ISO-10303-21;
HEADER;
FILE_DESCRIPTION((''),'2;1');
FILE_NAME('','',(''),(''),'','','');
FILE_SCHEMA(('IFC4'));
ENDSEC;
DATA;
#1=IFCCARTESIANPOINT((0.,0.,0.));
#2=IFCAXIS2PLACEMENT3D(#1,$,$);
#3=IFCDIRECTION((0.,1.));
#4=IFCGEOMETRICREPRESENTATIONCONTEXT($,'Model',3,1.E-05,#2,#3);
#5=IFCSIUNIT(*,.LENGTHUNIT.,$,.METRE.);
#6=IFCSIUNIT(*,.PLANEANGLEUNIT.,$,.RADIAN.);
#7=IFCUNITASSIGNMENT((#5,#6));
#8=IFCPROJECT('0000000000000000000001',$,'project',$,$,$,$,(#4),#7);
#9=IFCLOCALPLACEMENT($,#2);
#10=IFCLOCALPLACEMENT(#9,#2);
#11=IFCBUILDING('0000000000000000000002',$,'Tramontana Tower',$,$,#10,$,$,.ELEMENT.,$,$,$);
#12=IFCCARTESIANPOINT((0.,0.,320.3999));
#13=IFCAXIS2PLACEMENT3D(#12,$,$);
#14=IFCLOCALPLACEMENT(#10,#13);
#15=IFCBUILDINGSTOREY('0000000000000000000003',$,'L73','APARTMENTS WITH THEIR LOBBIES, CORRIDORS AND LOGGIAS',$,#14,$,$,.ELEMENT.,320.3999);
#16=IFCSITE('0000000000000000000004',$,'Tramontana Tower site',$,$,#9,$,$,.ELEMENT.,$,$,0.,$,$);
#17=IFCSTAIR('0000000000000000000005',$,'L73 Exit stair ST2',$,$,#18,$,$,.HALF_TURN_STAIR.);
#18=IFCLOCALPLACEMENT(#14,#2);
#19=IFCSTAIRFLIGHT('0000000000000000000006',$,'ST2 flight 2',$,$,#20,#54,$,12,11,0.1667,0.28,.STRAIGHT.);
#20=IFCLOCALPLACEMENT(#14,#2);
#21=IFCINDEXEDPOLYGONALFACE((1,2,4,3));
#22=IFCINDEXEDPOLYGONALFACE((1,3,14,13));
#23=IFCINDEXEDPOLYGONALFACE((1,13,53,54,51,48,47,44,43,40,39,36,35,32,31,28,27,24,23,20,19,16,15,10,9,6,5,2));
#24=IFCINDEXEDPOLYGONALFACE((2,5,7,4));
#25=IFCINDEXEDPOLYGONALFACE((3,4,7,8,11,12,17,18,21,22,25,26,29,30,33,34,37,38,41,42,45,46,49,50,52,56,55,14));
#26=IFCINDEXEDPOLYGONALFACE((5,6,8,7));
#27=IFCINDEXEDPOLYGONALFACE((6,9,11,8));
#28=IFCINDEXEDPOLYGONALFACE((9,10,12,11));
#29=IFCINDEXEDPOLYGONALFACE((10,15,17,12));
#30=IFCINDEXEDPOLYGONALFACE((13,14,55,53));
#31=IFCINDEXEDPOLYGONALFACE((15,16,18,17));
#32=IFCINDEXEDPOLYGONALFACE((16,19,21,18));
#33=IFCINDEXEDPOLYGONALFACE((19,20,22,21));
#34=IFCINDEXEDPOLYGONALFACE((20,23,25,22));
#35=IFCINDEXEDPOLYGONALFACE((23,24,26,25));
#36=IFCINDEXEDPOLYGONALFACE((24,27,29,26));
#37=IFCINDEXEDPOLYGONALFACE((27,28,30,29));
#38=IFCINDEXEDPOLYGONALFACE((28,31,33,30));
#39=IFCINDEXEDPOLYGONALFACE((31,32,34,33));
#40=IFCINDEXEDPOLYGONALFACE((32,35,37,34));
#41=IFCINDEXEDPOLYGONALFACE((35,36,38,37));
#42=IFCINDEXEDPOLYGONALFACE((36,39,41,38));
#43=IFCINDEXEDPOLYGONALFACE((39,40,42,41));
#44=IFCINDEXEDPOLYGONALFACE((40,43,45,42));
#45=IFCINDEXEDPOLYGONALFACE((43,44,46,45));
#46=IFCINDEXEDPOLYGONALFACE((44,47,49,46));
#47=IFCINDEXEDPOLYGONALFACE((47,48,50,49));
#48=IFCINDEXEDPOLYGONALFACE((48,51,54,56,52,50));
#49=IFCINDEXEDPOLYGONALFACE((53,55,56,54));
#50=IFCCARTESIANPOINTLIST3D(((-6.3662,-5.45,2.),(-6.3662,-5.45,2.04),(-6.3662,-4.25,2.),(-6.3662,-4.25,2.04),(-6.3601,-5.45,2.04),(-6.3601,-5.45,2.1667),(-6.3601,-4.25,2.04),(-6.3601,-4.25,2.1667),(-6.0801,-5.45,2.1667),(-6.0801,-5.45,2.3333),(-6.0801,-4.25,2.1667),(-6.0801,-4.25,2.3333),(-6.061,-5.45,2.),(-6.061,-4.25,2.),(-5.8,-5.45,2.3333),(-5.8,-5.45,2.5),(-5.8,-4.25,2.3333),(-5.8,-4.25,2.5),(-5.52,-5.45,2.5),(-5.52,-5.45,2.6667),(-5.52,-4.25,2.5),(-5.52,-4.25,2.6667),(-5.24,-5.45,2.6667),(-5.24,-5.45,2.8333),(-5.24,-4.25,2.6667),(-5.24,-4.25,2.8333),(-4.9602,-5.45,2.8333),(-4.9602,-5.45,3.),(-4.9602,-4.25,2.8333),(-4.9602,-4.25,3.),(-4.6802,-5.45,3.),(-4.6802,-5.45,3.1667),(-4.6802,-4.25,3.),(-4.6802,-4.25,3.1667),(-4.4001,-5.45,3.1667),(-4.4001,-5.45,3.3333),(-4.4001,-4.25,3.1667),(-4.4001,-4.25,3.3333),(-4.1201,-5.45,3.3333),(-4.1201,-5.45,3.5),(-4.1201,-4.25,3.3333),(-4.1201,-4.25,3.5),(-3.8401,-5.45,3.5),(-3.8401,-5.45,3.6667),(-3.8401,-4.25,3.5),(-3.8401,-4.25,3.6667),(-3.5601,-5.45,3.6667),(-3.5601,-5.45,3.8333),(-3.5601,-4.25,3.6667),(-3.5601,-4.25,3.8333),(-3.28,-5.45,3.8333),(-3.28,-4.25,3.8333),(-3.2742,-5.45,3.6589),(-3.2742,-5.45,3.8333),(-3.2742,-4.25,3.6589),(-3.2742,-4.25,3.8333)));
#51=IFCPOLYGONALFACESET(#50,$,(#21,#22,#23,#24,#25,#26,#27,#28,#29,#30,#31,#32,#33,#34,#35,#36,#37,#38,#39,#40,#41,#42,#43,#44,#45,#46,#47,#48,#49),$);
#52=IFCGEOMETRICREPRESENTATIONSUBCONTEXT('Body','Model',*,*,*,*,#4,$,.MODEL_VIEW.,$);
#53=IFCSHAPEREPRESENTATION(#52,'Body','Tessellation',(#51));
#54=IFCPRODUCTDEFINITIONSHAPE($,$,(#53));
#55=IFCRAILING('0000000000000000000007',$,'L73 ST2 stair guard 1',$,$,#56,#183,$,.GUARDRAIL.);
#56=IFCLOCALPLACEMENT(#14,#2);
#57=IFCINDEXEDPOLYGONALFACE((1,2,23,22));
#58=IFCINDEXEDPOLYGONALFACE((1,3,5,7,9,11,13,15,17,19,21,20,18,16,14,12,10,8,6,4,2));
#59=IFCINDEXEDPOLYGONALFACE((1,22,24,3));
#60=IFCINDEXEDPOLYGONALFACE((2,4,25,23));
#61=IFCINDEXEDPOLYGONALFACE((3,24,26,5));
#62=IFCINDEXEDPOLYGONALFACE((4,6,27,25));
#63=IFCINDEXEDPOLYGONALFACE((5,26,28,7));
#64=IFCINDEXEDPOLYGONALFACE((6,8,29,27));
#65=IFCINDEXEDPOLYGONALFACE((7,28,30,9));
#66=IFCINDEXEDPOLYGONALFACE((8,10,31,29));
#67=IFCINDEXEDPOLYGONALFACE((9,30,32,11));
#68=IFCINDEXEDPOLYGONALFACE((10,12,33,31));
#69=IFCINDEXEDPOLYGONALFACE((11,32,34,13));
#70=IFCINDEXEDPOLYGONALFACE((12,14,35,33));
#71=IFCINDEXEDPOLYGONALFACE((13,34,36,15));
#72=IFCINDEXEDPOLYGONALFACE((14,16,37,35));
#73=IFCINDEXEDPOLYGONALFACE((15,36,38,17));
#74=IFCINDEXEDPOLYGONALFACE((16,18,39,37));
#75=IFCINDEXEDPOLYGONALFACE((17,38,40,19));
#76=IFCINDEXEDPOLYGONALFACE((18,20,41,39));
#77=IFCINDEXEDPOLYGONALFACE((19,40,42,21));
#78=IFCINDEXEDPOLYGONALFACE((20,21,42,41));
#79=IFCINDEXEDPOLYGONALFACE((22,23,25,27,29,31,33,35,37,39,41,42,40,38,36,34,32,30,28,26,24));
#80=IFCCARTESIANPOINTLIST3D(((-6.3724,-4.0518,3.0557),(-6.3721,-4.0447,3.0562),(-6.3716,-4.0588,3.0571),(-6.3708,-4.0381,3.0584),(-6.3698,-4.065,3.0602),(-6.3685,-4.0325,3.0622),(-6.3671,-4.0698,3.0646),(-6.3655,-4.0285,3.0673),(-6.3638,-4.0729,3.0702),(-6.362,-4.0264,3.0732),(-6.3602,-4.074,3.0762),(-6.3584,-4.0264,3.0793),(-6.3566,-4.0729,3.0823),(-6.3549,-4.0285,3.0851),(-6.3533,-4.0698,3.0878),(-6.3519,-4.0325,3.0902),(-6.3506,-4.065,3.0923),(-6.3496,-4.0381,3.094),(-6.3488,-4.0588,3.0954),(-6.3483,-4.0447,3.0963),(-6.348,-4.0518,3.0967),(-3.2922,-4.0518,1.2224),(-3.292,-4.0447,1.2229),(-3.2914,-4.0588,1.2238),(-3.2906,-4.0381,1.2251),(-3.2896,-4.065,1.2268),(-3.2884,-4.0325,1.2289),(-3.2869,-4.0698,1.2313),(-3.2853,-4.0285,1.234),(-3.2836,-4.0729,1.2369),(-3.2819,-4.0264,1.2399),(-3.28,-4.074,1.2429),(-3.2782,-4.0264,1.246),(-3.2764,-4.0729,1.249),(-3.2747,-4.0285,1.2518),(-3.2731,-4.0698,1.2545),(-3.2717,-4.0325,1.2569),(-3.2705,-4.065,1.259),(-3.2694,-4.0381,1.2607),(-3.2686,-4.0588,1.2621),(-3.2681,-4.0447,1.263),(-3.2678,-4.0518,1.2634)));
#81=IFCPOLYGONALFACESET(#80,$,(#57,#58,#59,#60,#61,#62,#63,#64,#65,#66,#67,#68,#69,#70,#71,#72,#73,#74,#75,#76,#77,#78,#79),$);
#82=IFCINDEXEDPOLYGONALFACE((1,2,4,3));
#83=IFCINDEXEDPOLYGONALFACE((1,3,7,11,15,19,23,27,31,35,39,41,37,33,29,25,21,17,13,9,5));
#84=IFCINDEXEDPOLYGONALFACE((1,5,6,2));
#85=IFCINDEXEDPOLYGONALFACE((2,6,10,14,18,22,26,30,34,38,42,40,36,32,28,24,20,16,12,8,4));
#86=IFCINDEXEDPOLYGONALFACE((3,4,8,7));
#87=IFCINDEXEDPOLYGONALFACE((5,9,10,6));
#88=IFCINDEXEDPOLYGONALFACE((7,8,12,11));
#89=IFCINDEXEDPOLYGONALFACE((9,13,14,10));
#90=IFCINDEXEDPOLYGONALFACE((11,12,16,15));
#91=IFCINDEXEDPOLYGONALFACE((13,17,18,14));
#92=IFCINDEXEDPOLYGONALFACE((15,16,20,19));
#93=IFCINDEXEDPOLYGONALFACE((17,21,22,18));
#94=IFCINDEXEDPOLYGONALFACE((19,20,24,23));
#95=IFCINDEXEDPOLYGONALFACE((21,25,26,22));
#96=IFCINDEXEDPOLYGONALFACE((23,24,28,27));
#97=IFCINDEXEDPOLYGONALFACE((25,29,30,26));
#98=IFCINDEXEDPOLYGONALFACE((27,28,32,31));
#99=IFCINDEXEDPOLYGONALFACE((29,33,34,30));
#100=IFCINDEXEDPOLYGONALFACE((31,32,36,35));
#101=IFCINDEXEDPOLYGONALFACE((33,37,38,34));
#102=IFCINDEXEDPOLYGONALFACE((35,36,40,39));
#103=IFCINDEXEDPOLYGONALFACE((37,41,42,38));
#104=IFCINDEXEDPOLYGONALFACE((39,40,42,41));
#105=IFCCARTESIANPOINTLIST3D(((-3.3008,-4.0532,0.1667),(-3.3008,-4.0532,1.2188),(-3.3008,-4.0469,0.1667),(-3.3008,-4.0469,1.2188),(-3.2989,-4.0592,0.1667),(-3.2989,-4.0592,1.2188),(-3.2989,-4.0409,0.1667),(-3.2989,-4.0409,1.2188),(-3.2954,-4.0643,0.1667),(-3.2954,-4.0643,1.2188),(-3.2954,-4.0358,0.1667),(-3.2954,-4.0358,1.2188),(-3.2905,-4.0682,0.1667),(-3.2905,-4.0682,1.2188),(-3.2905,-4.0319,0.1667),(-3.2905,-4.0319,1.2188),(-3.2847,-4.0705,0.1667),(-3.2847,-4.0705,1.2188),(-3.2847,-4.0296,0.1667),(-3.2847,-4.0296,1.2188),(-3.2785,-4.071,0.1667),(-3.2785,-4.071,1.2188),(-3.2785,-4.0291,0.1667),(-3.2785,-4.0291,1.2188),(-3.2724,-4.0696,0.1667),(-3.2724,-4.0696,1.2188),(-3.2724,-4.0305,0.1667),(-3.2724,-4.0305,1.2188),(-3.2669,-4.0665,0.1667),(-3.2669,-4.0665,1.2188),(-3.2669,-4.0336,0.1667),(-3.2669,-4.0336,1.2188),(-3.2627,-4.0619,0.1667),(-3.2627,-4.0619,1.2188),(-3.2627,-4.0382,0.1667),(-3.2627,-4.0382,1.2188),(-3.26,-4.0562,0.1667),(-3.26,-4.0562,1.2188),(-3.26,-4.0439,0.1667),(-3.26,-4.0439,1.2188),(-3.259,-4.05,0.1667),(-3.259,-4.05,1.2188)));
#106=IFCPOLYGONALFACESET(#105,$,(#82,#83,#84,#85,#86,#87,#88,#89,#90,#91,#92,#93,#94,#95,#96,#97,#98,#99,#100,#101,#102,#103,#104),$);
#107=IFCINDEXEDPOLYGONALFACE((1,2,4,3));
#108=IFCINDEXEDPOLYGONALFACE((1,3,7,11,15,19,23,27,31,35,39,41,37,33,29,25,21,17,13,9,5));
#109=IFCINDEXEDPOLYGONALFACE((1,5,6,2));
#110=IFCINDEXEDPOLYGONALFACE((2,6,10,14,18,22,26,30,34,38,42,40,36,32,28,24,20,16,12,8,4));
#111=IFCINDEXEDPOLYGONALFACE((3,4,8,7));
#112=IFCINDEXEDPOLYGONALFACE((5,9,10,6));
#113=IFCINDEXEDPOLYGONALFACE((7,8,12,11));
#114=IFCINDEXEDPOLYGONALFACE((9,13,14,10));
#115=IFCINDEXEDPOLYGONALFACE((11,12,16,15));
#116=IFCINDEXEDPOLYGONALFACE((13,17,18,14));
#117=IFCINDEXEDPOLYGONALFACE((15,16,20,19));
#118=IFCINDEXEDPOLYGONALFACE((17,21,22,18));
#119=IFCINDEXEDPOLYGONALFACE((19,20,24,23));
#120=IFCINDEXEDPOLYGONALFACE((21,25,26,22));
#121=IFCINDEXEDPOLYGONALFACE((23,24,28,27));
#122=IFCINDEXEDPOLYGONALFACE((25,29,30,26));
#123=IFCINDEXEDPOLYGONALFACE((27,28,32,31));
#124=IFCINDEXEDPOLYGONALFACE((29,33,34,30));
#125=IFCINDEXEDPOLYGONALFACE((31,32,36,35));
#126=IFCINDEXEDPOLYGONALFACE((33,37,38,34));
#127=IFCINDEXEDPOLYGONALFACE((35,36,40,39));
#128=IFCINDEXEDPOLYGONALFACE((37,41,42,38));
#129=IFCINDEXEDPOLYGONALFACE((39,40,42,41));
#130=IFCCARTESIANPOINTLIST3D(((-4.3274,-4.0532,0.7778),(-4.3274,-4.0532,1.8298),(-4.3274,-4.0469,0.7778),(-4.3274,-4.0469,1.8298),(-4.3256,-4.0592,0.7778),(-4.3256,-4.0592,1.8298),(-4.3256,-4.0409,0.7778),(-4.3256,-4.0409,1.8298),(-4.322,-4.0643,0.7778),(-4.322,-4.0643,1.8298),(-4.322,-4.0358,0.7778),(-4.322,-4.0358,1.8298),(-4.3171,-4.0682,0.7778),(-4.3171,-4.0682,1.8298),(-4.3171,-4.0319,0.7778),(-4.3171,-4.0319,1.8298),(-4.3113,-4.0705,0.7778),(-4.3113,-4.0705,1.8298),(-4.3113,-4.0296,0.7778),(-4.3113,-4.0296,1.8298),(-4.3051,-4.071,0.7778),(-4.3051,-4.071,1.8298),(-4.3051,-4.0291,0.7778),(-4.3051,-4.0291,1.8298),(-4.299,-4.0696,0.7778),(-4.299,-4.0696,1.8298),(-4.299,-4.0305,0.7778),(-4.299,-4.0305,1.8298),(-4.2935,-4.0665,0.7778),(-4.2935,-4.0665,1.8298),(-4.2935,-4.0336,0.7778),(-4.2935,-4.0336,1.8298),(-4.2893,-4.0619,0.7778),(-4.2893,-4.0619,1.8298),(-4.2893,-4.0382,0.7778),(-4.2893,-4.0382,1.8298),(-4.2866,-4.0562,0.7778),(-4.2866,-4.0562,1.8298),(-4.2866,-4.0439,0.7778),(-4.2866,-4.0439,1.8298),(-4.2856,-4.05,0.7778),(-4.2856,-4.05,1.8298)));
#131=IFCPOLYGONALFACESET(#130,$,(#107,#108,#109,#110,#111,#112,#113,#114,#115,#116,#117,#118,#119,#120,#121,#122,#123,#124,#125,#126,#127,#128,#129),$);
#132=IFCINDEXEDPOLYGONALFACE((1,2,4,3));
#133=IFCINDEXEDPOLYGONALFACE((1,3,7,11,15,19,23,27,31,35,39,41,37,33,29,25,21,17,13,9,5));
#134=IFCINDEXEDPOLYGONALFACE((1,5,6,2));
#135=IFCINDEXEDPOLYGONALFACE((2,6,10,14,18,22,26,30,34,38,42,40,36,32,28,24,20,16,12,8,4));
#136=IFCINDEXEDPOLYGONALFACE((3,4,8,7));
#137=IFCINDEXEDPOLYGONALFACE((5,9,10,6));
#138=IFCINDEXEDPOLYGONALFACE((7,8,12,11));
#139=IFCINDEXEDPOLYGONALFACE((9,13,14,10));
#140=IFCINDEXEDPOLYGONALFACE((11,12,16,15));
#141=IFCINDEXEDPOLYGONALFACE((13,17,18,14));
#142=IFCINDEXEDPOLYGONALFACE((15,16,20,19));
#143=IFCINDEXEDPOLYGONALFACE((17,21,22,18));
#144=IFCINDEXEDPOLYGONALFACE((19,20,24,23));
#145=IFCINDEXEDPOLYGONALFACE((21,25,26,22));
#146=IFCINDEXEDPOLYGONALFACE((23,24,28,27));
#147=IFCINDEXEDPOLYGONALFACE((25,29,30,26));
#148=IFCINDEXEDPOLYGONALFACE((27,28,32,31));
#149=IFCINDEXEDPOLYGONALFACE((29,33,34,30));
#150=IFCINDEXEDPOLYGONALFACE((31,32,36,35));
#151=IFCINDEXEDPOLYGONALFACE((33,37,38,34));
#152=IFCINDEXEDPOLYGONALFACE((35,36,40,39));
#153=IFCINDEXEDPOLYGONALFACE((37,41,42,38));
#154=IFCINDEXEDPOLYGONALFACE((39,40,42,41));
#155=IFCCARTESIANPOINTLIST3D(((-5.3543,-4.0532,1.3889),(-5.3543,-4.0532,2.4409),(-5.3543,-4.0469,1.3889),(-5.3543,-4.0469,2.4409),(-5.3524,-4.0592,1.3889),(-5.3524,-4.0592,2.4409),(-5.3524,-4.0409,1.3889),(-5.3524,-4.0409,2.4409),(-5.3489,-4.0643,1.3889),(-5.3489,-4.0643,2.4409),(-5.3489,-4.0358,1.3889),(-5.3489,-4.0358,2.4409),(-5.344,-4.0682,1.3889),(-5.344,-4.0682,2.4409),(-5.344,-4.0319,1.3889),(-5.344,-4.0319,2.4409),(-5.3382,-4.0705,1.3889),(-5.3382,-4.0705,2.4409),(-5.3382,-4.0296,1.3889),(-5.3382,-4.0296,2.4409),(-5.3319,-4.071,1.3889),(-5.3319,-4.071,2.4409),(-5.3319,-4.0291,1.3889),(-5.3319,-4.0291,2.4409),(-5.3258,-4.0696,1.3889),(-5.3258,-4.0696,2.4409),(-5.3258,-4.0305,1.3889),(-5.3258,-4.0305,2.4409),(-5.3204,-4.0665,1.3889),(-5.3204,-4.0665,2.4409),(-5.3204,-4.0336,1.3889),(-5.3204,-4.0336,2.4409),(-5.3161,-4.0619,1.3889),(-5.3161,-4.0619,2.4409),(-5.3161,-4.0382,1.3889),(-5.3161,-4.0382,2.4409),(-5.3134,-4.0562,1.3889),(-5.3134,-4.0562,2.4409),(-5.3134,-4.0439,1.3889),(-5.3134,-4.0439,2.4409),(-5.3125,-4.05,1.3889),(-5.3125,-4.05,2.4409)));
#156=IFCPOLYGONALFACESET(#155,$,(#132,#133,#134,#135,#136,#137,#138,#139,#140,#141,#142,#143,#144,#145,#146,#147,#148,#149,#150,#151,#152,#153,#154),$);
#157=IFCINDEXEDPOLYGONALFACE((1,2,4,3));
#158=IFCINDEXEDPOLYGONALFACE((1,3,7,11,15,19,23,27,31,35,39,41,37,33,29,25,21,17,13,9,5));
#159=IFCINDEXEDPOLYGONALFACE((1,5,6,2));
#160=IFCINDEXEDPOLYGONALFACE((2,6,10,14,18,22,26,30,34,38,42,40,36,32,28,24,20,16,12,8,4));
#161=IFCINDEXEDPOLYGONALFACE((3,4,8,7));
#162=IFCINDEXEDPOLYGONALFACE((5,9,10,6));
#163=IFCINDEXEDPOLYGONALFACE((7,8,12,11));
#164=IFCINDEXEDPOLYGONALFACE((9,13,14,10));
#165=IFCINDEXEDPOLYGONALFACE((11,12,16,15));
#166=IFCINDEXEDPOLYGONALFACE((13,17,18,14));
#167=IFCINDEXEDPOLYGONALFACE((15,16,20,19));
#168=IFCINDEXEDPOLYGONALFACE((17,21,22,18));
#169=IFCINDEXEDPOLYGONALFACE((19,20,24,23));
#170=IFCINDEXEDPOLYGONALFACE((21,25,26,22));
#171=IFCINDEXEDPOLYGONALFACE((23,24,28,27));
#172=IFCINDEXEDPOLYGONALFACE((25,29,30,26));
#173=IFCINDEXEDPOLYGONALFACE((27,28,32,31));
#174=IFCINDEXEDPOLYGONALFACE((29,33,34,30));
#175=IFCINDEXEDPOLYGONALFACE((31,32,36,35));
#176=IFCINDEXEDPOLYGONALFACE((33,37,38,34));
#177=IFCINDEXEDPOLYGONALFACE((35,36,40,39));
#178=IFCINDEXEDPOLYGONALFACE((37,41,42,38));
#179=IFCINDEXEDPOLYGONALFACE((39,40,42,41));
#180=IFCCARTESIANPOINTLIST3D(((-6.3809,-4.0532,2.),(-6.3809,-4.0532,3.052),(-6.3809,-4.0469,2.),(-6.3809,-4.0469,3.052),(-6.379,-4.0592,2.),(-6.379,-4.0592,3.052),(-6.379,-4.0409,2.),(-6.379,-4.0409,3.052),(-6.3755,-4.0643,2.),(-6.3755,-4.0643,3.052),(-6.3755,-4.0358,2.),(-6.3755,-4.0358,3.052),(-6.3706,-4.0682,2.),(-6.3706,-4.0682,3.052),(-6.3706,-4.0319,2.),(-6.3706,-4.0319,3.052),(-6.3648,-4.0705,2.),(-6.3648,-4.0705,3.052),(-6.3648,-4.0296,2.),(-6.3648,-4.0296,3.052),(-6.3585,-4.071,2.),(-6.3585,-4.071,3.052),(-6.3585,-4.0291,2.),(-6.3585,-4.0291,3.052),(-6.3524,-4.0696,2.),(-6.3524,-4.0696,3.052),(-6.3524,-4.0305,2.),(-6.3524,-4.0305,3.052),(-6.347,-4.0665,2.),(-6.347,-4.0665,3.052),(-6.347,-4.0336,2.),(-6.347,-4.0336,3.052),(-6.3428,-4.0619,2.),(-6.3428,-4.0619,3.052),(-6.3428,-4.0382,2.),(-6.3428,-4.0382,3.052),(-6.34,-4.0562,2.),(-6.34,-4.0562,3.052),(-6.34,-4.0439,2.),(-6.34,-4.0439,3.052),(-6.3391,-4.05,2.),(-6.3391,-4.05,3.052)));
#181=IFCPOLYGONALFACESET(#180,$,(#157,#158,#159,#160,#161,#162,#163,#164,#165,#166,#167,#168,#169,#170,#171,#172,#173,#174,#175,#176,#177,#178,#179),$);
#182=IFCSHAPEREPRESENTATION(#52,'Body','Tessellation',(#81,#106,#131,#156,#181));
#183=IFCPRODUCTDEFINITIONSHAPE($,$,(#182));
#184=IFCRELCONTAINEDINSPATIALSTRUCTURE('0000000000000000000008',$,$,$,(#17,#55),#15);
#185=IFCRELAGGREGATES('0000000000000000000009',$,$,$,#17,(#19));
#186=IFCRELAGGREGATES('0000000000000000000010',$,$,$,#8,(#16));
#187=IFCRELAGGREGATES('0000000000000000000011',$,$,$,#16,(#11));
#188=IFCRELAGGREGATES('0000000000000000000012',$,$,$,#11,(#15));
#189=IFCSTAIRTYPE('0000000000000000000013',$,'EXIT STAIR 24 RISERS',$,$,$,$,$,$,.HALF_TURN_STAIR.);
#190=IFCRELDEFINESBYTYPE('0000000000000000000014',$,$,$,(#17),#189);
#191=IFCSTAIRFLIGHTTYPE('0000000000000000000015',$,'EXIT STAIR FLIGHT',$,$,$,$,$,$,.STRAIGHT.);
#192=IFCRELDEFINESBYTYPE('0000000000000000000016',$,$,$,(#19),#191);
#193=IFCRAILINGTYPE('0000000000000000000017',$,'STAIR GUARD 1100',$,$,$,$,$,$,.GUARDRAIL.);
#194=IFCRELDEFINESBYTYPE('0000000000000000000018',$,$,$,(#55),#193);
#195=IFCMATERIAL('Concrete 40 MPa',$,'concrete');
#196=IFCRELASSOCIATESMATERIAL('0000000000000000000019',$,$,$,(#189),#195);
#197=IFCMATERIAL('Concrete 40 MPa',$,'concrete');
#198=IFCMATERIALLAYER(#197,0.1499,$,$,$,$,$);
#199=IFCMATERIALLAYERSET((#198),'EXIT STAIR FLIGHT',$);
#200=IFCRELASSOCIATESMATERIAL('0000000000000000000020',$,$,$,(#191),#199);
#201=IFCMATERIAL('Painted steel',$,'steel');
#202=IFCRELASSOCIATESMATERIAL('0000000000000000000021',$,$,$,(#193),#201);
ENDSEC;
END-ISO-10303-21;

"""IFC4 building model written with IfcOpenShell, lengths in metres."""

from ifc_helpers import new_model, si_unit, direction, frame, origin, origin_2d, place, context, subcontext, project, spatial, polyline, circle, outline, extrude, material, layer, layer_set, type_object, element, aggregate, save


model = new_model("IFC4")

# Units and contexts
model_context = context("Model", 3, precision=1e-05, world=origin(), true_north=direction((0.0, 1.0)))
body_context = subcontext(model_context, "Body", "Model", "MODEL_VIEW")
ifc_project = project(units=[si_unit("LENGTHUNIT", "METRE"), si_unit("PLANEANGLEUNIT", "RADIAN")], contexts=[model_context])

# Site, building, storey
site_placement = place(None, origin())
site = spatial("IfcSite", under=ifc_project, at=site_placement, Name="Tramontana Tower site", CompositionType="ELEMENT", RefElevation=0.0)
building_placement = place(site_placement, origin())
building = spatial("IfcBuilding", under=site, at=building_placement, Name="Tramontana Tower", CompositionType="ELEMENT")
storey_placement = place(building_placement, frame((0.0, 0.0, 320.3999)))
storey = spatial("IfcBuildingStorey", under=building, at=storey_placement, Name="L73", Description="APARTMENTS WITH THEIR LOBBIES, CORRIDORS AND LOGGIAS", CompositionType="ELEMENT", Elevation=320.3999)

# Stair, stair flight
ifc_material_1 = material(Name="Concrete 40 MPa", Category="concrete")
stair_type = type_object("IfcStairType", Name="EXIT STAIR 24 RISERS", PredefinedType="HALF_TURN_STAIR", material=ifc_material_1)
stair_placement = place(storey_placement, origin())
stair = element("IfcStair", 1, at=stair_placement, inside=storey, type_object=stair_type, Name="L73 Exit stair ST2", PredefinedType="HALF_TURN_STAIR")
ifc_material_2 = material(Name="Concrete 40 MPa", Category="concrete")
ifc_layer_1 = layer(ifc_material_2, 0.1499)
ifc_layer_set_1 = layer_set([ifc_layer_1], Name="EXIT STAIR FLIGHT")
stair_flight_type = type_object("IfcStairFlightType", Name="EXIT STAIR FLIGHT", PredefinedType="STRAIGHT", material=ifc_layer_set_1)
stair_flight_1_placement = place(storey_placement, frame((-6.3601, -4.8501, 2.0), z_axis=(0.0, 0.0, 1.0), x_axis=(1.0, 0.0, 0.0)))
stair_flight_1 = element("IfcStairFlight", 2, at=stair_flight_1_placement, type_object=stair_flight_type, Name="ST2 flight 2", NumberOfRisers=12, NumberOfTreads=11, PredefinedType="STRAIGHT", RiserHeight=0.1667, TreadLength=0.28, context=body_context, shape_type="SweptSolid", body=[
    extrude(outline(polyline([(-0.0061, 0.0), (-0.0061, 0.04), (0.0, 0.04), (0.0, 0.1667), (0.28, 0.1667), (0.28, 0.3333), (0.5601, 0.3333), (0.5601, 0.5), (0.8401, 0.5), (0.8401, 0.6667), (1.1201, 0.6667), (1.1201, 0.8333), (1.3999, 0.8333), (1.3999, 1.0), (1.6799, 1.0), (1.6799, 1.1667), (1.96, 1.1667), (1.96, 1.3333), (2.24, 1.3333), (2.24, 1.5), (2.52, 1.5), (2.52, 1.6667), (2.8, 1.6667), (2.8, 1.8333), (3.0801, 1.8333), (3.0859, 1.8333), (3.0859, 1.6589), (0.2991, 0.0), (-0.0061, 0.0)])), frame((0.0, 0.6001, 0.0), z_axis=(0.0, -1.0, 0.0), x_axis=(1.0, 0.0, 0.0)), (0.0, 0.0, 1.0), 1.2),
])
aggregate(stair, [stair_flight_1])

# Railing
ifc_material_3 = material(Name="Painted steel", Category="steel")
railing_type_1 = type_object("IfcRailingType", Name="STAIR GUARD 1100", PredefinedType="GUARDRAIL", material=ifc_material_3)
railing_1_placement = place(storey_placement, frame((-3.28, -4.05, 0.1667)))
element("IfcRailing", 3, at=railing_1_placement, inside=storey, type_object=railing_type_1, Name="L73 ST2 stair guard 1", PredefinedType="GUARDRAIL", context=body_context, shape_type="SweptSolid", body=[
    extrude(circle(Radius=0.0239, at=origin_2d()), frame((0.0, 0.0, 1.0762), z_axis=(-0.859309, 0.0, 0.511458), x_axis=(0.0, -1.0, 0.0)), (0.0, 0.0, 1.0), 3.5845),
    extrude(circle(Radius=0.021, at=origin_2d()), origin(), (0.0, 0.0, 1.0), 1.052),
    extrude(circle(Radius=0.021, at=origin_2d()), frame((-1.0266, 0.0, 0.6111)), (0.0, 0.0, 1.0), 1.052),
    extrude(circle(Radius=0.021, at=origin_2d()), frame((-2.0535, 0.0, 1.2222)), (0.0, 0.0, 1.0), 1.052),
    extrude(circle(Radius=0.021, at=origin_2d()), frame((-3.0801, 0.0, 1.8333)), (0.0, 0.0, 1.0), 1.052),
])

save(model, "model.ifc")
